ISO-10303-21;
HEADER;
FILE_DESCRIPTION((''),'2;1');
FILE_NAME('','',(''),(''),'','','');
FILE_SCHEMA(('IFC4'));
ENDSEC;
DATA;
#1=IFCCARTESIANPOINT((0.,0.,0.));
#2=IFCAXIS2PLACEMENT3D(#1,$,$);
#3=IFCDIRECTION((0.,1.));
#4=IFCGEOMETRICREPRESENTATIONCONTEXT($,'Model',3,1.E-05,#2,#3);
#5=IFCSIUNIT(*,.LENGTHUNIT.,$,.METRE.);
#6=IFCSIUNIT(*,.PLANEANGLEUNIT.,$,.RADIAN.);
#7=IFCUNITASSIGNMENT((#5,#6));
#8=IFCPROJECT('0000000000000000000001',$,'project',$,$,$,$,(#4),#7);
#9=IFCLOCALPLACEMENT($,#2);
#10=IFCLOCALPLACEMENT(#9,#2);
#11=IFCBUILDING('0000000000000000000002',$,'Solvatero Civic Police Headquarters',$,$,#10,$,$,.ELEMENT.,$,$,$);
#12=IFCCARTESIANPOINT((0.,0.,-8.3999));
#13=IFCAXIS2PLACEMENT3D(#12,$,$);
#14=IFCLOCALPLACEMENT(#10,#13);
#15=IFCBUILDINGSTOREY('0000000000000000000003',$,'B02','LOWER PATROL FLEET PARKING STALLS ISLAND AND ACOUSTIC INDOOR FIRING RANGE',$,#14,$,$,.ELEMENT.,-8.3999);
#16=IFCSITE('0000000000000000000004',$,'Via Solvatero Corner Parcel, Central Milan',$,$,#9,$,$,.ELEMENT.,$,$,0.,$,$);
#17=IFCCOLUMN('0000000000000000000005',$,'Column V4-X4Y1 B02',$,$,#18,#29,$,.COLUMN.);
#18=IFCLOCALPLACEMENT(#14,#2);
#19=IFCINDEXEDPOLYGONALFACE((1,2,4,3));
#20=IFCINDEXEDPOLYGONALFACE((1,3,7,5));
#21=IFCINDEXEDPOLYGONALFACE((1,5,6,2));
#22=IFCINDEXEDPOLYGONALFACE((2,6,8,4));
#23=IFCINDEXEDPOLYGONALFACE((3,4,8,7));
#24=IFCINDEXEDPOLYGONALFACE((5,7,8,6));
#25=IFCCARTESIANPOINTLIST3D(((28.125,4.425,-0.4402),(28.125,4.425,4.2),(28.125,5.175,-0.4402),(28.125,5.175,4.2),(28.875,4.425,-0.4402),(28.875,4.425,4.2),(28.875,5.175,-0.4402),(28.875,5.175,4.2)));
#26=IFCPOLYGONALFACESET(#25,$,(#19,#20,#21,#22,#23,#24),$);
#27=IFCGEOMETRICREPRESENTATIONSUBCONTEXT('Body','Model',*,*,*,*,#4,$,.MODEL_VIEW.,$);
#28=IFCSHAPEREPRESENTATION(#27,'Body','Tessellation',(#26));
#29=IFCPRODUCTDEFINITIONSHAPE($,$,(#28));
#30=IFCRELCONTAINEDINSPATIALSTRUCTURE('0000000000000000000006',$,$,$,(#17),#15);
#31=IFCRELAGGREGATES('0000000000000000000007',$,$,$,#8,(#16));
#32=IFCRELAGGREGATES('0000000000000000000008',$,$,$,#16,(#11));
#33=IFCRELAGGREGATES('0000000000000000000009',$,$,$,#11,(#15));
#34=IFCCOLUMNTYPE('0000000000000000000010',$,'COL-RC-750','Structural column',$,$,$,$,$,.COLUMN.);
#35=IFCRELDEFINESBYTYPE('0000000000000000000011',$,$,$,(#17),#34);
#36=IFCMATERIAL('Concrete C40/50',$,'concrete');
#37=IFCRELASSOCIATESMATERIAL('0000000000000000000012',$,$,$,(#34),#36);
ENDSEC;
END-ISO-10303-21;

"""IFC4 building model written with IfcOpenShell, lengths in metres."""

from ifc_helpers import new_model, si_unit, direction, frame, origin, origin_2d, place, context, subcontext, project, spatial, rectangle, extrude, material, material_profile, profile_set, type_object, element, save


model = new_model("IFC4")

# Units and contexts
model_context = context("Model", 3, precision=1e-05, world=origin(), true_north=direction((0.0, 1.0)))
body_context = subcontext(model_context, "Body", "Model", "MODEL_VIEW")
ifc_project = project(units=[si_unit("LENGTHUNIT", "METRE"), si_unit("PLANEANGLEUNIT", "RADIAN")], contexts=[model_context])

# Site, building, storey
site_placement = place(None, origin())
site = spatial("IfcSite", under=ifc_project, at=site_placement, Name="Via Solvatero Corner Parcel, Central Milan", CompositionType="ELEMENT", RefElevation=0.0)
building_placement = place(site_placement, origin())
building = spatial("IfcBuilding", under=site, at=building_placement, Name="Solvatero Civic Police Headquarters", CompositionType="ELEMENT")
storey_placement = place(building_placement, frame((0.0, 0.0, -8.3999)))
storey = spatial("IfcBuildingStorey", under=building, at=storey_placement, Name="B02", Description="LOWER PATROL FLEET PARKING STALLS ISLAND AND ACOUSTIC INDOOR FIRING RANGE", CompositionType="ELEMENT", Elevation=-8.3999)

# Column
ifc_material_1 = material(Name="Concrete C40/50", Category="concrete")
ifc_material_profile_1 = material_profile(ifc_material_1, rectangle(XDim=0.75, YDim=0.75, at=origin_2d()), Name="RC 750x750")
ifc_profile_set_1 = profile_set([ifc_material_profile_1], Name="Concrete C40/50")
column_type_1 = type_object("IfcColumnType", Name="COL-RC-750", Description="Structural column", PredefinedType="COLUMN", material=ifc_profile_set_1)
column_1_placement = place(storey_placement, frame((28.5, 4.8, -0.4402), z_axis=(0.0, 0.0, 1.0), x_axis=(1.0, 0.0, 0.0)))
element("IfcColumn", 1, at=column_1_placement, inside=storey, type_object=column_type_1, Name="Column V4-X4Y1 B02", PredefinedType="COLUMN", context=body_context, shape_type="SweptSolid", body=[
    extrude(rectangle(XDim=0.75, YDim=0.75, at=origin_2d()), origin(), (0.0, 0.0, 1.0), 4.6401),
])

save(model, "model.ifc")
